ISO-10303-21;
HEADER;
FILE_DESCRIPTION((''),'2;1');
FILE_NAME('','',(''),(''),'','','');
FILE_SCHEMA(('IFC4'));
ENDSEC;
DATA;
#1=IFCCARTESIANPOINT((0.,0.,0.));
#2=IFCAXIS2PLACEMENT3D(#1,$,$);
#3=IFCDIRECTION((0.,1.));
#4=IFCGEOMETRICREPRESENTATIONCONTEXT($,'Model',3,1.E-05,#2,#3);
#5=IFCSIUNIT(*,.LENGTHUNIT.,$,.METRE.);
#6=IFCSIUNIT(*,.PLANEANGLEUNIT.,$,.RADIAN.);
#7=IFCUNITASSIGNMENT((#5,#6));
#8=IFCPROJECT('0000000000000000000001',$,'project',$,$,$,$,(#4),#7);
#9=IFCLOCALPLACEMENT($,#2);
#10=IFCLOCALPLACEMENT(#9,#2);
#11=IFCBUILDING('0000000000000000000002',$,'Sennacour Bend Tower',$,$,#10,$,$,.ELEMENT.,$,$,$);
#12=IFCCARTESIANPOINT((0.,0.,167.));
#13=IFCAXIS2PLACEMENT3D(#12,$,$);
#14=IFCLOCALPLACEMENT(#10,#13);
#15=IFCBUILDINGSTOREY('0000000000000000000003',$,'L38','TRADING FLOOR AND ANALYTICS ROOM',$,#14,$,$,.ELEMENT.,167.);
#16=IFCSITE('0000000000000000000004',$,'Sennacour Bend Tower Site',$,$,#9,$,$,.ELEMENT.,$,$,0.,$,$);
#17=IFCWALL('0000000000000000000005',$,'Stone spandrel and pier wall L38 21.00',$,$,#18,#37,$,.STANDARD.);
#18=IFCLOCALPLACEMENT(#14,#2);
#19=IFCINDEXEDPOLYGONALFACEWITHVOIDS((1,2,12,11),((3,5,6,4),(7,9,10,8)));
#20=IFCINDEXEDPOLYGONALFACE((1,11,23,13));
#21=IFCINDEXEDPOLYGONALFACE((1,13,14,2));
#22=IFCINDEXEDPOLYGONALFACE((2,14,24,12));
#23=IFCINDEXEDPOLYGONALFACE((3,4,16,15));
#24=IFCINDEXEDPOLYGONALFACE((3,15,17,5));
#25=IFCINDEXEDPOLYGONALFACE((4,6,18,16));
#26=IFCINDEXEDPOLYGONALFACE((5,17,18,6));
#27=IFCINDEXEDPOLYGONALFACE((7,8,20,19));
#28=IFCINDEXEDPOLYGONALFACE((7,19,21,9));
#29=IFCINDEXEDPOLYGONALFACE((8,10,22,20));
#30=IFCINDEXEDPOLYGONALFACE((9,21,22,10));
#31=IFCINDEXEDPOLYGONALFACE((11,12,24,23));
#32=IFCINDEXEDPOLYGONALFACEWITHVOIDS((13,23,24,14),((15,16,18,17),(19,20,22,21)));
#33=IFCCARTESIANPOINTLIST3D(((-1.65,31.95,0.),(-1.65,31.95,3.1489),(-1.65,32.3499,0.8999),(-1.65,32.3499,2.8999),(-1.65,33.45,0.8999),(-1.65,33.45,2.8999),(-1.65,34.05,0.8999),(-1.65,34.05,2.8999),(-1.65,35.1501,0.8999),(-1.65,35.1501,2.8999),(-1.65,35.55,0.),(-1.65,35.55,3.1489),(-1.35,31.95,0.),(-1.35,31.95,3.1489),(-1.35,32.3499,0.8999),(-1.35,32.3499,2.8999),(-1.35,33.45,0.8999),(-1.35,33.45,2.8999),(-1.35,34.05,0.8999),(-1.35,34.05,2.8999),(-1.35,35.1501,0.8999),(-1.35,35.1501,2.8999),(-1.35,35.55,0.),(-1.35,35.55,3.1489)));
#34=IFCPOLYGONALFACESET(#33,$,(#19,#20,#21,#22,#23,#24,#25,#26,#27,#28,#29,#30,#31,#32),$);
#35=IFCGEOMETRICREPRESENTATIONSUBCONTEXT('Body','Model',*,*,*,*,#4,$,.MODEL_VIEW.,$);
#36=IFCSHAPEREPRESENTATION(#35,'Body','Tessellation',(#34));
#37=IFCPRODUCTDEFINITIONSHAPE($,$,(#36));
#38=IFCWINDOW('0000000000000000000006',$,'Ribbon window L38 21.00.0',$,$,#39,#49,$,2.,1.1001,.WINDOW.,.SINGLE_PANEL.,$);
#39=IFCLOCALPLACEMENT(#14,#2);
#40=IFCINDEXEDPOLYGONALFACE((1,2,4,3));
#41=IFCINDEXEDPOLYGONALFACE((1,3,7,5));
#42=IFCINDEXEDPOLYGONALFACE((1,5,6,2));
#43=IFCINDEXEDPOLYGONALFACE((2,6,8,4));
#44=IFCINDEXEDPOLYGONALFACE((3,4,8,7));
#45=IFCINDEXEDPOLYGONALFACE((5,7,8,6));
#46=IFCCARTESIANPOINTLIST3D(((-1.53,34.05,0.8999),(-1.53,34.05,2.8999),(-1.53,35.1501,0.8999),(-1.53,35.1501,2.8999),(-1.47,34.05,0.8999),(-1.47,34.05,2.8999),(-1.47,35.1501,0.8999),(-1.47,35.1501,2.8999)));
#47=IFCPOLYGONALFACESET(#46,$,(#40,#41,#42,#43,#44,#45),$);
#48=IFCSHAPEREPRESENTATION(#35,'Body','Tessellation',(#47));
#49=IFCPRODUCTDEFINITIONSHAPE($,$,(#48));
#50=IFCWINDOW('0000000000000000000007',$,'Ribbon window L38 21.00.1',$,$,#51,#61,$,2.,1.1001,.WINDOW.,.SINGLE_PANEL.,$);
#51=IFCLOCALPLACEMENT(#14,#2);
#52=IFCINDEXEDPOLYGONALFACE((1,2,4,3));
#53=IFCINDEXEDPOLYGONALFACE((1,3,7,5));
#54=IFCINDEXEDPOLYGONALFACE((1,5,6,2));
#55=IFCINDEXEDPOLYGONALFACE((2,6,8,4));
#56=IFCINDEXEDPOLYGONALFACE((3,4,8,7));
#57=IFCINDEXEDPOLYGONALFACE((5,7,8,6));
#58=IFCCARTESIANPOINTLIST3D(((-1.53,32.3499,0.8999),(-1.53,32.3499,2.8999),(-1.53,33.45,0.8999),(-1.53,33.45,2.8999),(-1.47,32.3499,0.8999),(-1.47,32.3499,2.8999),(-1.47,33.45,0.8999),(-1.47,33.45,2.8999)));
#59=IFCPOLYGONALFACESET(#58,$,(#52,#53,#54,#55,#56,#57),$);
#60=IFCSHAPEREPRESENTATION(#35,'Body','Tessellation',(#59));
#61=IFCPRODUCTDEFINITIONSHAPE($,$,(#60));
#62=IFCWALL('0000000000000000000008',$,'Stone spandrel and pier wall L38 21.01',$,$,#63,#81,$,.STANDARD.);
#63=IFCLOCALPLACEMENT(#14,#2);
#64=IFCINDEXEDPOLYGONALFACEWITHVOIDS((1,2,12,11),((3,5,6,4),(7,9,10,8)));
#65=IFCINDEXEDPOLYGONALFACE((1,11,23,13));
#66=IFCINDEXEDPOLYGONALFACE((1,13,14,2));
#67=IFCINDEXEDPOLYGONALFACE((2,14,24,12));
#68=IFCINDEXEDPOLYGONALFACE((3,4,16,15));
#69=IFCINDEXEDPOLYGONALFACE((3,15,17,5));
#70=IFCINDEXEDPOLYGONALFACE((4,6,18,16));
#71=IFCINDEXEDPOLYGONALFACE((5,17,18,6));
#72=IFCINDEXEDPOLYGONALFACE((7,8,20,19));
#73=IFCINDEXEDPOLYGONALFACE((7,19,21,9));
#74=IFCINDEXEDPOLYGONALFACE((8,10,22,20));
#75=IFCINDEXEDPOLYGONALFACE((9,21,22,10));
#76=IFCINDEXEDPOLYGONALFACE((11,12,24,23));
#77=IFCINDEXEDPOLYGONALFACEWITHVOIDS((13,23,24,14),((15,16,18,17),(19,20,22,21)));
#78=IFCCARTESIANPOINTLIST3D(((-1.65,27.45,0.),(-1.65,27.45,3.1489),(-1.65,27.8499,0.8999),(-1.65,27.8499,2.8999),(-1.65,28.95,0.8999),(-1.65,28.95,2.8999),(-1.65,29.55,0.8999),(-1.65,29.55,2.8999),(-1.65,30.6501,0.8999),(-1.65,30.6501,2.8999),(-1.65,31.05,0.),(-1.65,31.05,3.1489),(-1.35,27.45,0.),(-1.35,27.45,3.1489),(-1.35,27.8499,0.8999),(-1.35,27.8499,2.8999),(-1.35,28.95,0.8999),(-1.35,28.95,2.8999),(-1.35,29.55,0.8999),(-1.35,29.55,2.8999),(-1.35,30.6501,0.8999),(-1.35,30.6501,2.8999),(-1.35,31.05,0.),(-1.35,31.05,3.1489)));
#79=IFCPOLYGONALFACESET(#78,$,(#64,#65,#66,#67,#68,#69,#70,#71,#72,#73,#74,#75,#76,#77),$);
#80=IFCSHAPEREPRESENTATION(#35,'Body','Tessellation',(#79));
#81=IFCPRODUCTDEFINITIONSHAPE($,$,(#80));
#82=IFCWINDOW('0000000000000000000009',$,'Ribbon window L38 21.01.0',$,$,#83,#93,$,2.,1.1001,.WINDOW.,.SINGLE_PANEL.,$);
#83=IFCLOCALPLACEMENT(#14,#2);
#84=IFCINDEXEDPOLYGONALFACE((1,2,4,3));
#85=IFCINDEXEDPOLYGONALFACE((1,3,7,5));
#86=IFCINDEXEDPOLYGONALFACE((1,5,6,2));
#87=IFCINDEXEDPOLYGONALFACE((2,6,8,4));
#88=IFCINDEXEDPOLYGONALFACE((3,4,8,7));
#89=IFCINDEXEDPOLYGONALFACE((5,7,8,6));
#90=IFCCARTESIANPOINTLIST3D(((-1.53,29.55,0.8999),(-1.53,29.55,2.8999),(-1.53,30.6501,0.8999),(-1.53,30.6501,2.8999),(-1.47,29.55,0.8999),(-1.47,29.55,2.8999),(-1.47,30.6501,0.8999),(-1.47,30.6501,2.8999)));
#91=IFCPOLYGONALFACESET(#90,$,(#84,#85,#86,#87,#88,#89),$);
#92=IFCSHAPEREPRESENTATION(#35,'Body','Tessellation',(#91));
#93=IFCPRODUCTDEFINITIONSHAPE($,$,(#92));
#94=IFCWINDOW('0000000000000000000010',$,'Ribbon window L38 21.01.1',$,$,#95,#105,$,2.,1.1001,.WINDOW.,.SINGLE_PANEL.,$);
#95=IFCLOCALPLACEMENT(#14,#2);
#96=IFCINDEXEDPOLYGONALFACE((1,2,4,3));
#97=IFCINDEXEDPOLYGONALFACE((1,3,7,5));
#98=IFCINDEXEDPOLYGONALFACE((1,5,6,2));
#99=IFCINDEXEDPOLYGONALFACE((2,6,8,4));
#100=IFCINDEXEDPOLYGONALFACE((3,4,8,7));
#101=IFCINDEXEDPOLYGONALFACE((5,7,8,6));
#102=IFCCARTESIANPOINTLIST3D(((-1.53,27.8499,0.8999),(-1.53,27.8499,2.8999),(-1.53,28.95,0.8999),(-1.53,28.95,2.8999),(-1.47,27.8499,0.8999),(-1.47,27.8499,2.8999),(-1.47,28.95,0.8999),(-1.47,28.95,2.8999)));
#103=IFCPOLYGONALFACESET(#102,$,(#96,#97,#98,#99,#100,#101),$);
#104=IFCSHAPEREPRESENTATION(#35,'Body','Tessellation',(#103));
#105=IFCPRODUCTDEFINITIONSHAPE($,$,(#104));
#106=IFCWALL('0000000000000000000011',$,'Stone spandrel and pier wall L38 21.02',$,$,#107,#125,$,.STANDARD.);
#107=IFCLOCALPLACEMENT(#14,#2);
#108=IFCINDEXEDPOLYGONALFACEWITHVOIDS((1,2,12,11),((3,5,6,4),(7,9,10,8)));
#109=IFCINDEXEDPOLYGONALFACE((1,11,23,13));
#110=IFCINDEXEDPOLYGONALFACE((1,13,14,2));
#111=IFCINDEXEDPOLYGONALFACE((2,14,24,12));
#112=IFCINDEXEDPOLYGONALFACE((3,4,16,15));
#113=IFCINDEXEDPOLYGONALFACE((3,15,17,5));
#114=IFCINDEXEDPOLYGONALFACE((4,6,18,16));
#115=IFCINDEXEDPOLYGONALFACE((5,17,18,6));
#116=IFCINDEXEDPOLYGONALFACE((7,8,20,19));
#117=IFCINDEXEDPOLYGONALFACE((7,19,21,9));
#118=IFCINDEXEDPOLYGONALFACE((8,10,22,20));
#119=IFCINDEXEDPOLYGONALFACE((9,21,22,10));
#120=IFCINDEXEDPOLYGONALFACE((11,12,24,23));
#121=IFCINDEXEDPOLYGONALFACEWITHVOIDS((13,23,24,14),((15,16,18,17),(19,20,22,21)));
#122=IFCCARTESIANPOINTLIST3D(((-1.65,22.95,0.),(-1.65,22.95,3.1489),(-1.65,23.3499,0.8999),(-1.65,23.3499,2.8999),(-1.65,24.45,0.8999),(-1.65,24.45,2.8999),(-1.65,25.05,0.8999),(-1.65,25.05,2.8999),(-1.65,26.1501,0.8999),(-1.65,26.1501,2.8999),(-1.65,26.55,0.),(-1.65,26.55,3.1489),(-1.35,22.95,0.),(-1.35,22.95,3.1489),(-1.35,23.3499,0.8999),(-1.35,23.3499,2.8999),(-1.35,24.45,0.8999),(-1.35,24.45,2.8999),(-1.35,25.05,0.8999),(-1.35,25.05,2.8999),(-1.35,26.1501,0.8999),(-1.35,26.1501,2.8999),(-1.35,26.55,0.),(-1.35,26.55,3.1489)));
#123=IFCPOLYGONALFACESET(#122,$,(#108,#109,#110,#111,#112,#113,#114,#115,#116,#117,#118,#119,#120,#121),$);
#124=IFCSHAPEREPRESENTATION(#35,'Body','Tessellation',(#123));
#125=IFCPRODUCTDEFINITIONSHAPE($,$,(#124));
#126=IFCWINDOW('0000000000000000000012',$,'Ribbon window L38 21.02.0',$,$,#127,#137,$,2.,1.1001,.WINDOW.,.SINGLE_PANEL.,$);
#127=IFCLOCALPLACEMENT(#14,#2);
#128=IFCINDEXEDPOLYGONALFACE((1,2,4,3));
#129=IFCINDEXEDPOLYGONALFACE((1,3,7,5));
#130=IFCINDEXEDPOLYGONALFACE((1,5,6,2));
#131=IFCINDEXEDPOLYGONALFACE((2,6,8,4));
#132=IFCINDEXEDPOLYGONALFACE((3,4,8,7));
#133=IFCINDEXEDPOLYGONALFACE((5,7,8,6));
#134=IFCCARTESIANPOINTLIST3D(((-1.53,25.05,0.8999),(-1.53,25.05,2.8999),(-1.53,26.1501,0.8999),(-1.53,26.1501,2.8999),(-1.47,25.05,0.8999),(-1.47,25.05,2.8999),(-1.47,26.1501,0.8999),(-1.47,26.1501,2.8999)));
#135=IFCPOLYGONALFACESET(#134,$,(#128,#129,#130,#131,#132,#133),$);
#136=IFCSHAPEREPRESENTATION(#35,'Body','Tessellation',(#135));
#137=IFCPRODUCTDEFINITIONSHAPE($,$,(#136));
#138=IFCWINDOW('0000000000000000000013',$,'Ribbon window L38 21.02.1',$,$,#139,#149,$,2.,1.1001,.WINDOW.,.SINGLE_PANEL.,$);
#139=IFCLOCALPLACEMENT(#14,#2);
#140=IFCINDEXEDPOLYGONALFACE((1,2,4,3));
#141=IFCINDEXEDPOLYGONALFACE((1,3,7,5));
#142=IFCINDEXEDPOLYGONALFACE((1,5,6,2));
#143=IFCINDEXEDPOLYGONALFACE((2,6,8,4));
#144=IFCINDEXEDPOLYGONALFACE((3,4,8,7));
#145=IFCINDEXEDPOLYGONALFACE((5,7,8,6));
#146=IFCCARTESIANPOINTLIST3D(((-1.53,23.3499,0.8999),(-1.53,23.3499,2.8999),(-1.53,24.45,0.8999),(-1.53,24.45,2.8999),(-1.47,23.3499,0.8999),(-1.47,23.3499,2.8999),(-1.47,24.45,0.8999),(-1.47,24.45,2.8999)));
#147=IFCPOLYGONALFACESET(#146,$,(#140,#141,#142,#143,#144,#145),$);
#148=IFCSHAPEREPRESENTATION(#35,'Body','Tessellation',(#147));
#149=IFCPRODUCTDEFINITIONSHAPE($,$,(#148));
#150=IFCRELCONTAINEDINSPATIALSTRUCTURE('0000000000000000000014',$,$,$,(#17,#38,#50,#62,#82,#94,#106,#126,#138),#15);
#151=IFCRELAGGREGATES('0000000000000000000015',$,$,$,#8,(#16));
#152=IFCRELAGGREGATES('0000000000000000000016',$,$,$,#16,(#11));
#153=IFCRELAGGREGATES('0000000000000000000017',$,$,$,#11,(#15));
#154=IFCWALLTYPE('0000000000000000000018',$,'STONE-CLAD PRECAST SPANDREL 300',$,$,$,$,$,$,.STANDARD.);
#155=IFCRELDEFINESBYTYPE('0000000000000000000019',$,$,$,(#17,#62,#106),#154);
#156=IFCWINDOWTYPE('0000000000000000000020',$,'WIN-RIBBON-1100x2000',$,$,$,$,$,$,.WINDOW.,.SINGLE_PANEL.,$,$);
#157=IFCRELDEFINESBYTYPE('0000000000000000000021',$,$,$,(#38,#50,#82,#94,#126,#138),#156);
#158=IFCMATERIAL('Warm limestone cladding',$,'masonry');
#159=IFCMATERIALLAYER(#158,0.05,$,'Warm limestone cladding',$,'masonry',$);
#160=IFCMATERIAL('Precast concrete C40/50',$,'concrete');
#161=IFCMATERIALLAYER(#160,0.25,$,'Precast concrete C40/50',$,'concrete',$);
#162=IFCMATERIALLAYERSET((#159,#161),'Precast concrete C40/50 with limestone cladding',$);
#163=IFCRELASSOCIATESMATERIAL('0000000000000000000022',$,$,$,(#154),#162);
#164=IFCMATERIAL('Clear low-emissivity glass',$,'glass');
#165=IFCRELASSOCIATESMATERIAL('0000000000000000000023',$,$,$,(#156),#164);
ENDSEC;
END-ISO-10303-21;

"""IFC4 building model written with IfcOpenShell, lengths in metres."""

from ifc_helpers import new_model, si_unit, direction, frame, frame_2d, origin, place, context, subcontext, project, spatial, rectangle, extrude, material, layer, layer_set, type_object, element, fill, save


model = new_model("IFC4")

# Units and contexts
model_context = context("Model", 3, precision=1e-05, world=origin(), true_north=direction((0.0, 1.0)))
body_context = subcontext(model_context, "Body", "Model", "MODEL_VIEW")
ifc_project = project(units=[si_unit("LENGTHUNIT", "METRE"), si_unit("PLANEANGLEUNIT", "RADIAN")], contexts=[model_context])

# Site, building, storey
site_placement = place(None, origin())
site = spatial("IfcSite", under=ifc_project, at=site_placement, Name="Sennacour Bend Tower Site", CompositionType="ELEMENT", RefElevation=0.0)
building_placement = place(site_placement, origin())
building = spatial("IfcBuilding", under=site, at=building_placement, Name="Sennacour Bend Tower", CompositionType="ELEMENT")
storey_placement = place(building_placement, frame((0.0, 0.0, 167.0)))
storey = spatial("IfcBuildingStorey", under=building, at=storey_placement, Name="L38", Description="TRADING FLOOR AND ANALYTICS ROOM", CompositionType="ELEMENT", Elevation=167.0)

# Shared definitions
ifc_material_1 = material(Name="Warm limestone cladding", Category="masonry")
ifc_layer_1 = layer(ifc_material_1, 0.05, Name="Warm limestone cladding", Category="masonry")
ifc_material_2 = material(Name="Precast concrete C40/50", Category="concrete")
ifc_layer_2 = layer(ifc_material_2, 0.25, Name="Precast concrete C40/50", Category="concrete")
ifc_layer_set_1 = layer_set([ifc_layer_1, ifc_layer_2], Name="Precast concrete C40/50 with limestone cladding")
wall_type_1 = type_object("IfcWallType", Name="STONE-CLAD PRECAST SPANDREL 300", PredefinedType="STANDARD", material=ifc_layer_set_1)

# Walls, openings, windows
wall_1_placement = place(storey_placement, frame((-1.5, 35.55, 0.0), z_axis=(0.0, 0.0, 1.0), x_axis=(0.0, -1.0, 0.0)))
wall_1 = element("IfcWall", 1, at=wall_1_placement, inside=storey, type_object=wall_type_1, Name="Stone spandrel and pier wall L38 21.00", PredefinedType="STANDARD", context=body_context, shape_type="SweptSolid", body=[
    extrude(rectangle(XDim=3.6001, YDim=0.3, at=frame_2d((1.8, 0.0))), origin(), (0.0, 0.0, 1.0), 3.1489),
])
opening_1_placement = place(wall_1_placement, frame((0.3999, 0.0, 0.8999)))
opening_1 = element("IfcOpeningElement", 2, at=opening_1_placement, cuts=wall_1, PredefinedType="OPENING", context=body_context, shape_type="SweptSolid", body=[
    extrude(rectangle(XDim=1.1001, YDim=2.0, at=frame_2d((0.55, 1.0))), frame((0.0, 0.1602, 0.0), z_axis=(0.0, -1.0, 0.0), x_axis=(1.0, 0.0, 0.0)), (0.0, 0.0, 1.0), 0.3201),
])
opening_2_placement = place(wall_1_placement, frame((2.1001, 0.0, 0.8999)))
opening_2 = element("IfcOpeningElement", 3, at=opening_2_placement, cuts=wall_1, PredefinedType="OPENING", context=body_context, shape_type="SweptSolid", body=[
    extrude(rectangle(XDim=1.1001, YDim=2.0, at=frame_2d((0.55, 1.0))), frame((0.0, 0.1602, 0.0), z_axis=(0.0, -1.0, 0.0), x_axis=(1.0, 0.0, 0.0)), (0.0, 0.0, 1.0), 0.3201),
])
ifc_material_3 = material(Name="Clear low-emissivity glass", Category="glass")
window_type = type_object("IfcWindowType", Name="WIN-RIBBON-1100x2000", PartitioningType="SINGLE_PANEL", PredefinedType="WINDOW", material=ifc_material_3)
window_1_placement = place(opening_1_placement, origin())
window_1 = element("IfcWindow", 4, at=window_1_placement, inside=storey, type_object=window_type, Name="Ribbon window L38 21.00.0", OverallHeight=2.0, OverallWidth=1.1001, PartitioningType="SINGLE_PANEL", PredefinedType="WINDOW", context=body_context, shape_type="SweptSolid", body=[
    extrude(rectangle(XDim=1.1001, YDim=2.0, at=frame_2d((0.55, 1.0))), frame((0.0, 0.03, 0.0), z_axis=(0.0, -1.0, 0.0), x_axis=(1.0, 0.0, 0.0)), (0.0, 0.0, 1.0), 0.0601),
])
fill(opening_1, window_1)
window_2_placement = place(opening_2_placement, origin())
window_2 = element("IfcWindow", 5, at=window_2_placement, inside=storey, type_object=window_type, Name="Ribbon window L38 21.00.1", OverallHeight=2.0, OverallWidth=1.1001, PartitioningType="SINGLE_PANEL", PredefinedType="WINDOW", context=body_context, shape_type="SweptSolid", body=[
    extrude(rectangle(XDim=1.1001, YDim=2.0, at=frame_2d((0.55, 1.0))), frame((0.0, 0.03, 0.0), z_axis=(0.0, -1.0, 0.0), x_axis=(1.0, 0.0, 0.0)), (0.0, 0.0, 1.0), 0.0601),
])
fill(opening_2, window_2)
wall_2_placement = place(storey_placement, frame((-1.5, 31.05, 0.0), z_axis=(0.0, 0.0, 1.0), x_axis=(0.0, -1.0, 0.0)))
wall_2 = element("IfcWall", 6, at=wall_2_placement, inside=storey, type_object=wall_type_1, Name="Stone spandrel and pier wall L38 21.01", PredefinedType="STANDARD", context=body_context, shape_type="SweptSolid", body=[
    extrude(rectangle(XDim=3.6001, YDim=0.3, at=frame_2d((1.8, 0.0))), origin(), (0.0, 0.0, 1.0), 3.1489),
])
opening_3_placement = place(wall_2_placement, frame((0.3999, 0.0, 0.8999)))
opening_3 = element("IfcOpeningElement", 7, at=opening_3_placement, cuts=wall_2, PredefinedType="OPENING", context=body_context, shape_type="SweptSolid", body=[
    extrude(rectangle(XDim=1.1001, YDim=2.0, at=frame_2d((0.55, 1.0))), frame((0.0, 0.1602, 0.0), z_axis=(0.0, -1.0, 0.0), x_axis=(1.0, 0.0, 0.0)), (0.0, 0.0, 1.0), 0.3201),
])
opening_4_placement = place(wall_2_placement, frame((2.1001, 0.0, 0.8999)))
opening_4 = element("IfcOpeningElement", 8, at=opening_4_placement, cuts=wall_2, PredefinedType="OPENING", context=body_context, shape_type="SweptSolid", body=[
    extrude(rectangle(XDim=1.1001, YDim=2.0, at=frame_2d((0.55, 1.0))), frame((0.0, 0.1602, 0.0), z_axis=(0.0, -1.0, 0.0), x_axis=(1.0, 0.0, 0.0)), (0.0, 0.0, 1.0), 0.3201),
])
window_3_placement = place(opening_3_placement, origin())
window_3 = element("IfcWindow", 9, at=window_3_placement, inside=storey, type_object=window_type, Name="Ribbon window L38 21.01.0", OverallHeight=2.0, OverallWidth=1.1001, PartitioningType="SINGLE_PANEL", PredefinedType="WINDOW", context=body_context, shape_type="SweptSolid", body=[
    extrude(rectangle(XDim=1.1001, YDim=2.0, at=frame_2d((0.55, 1.0))), frame((0.0, 0.03, 0.0), z_axis=(0.0, -1.0, 0.0), x_axis=(1.0, 0.0, 0.0)), (0.0, 0.0, 1.0), 0.0601),
])
fill(opening_3, window_3)
window_4_placement = place(opening_4_placement, origin())
window_4 = element("IfcWindow", 10, at=window_4_placement, inside=storey, type_object=window_type, Name="Ribbon window L38 21.01.1", OverallHeight=2.0, OverallWidth=1.1001, PartitioningType="SINGLE_PANEL", PredefinedType="WINDOW", context=body_context, shape_type="SweptSolid", body=[
    extrude(rectangle(XDim=1.1001, YDim=2.0, at=frame_2d((0.55, 1.0))), frame((0.0, 0.03, 0.0), z_axis=(0.0, -1.0, 0.0), x_axis=(1.0, 0.0, 0.0)), (0.0, 0.0, 1.0), 0.0601),
])
fill(opening_4, window_4)
wall_3_placement = place(storey_placement, frame((-1.5, 26.55, 0.0), z_axis=(0.0, 0.0, 1.0), x_axis=(0.0, -1.0, 0.0)))
wall_3 = element("IfcWall", 11, at=wall_3_placement, inside=storey, type_object=wall_type_1, Name="Stone spandrel and pier wall L38 21.02", PredefinedType="STANDARD", context=body_context, shape_type="SweptSolid", body=[
    extrude(rectangle(XDim=3.6001, YDim=0.3, at=frame_2d((1.8, 0.0))), origin(), (0.0, 0.0, 1.0), 3.1489),
])
opening_5_placement = place(wall_3_placement, frame((0.3999, 0.0, 0.8999)))
opening_5 = element("IfcOpeningElement", 12, at=opening_5_placement, cuts=wall_3, PredefinedType="OPENING", context=body_context, shape_type="SweptSolid", body=[
    extrude(rectangle(XDim=1.1001, YDim=2.0, at=frame_2d((0.55, 1.0))), frame((0.0, 0.1602, 0.0), z_axis=(0.0, -1.0, 0.0), x_axis=(1.0, 0.0, 0.0)), (0.0, 0.0, 1.0), 0.3201),
])
opening_6_placement = place(wall_3_placement, frame((2.1001, 0.0, 0.8999)))
opening_6 = element("IfcOpeningElement", 13, at=opening_6_placement, cuts=wall_3, PredefinedType="OPENING", context=body_context, shape_type="SweptSolid", body=[
    extrude(rectangle(XDim=1.1001, YDim=2.0, at=frame_2d((0.55, 1.0))), frame((0.0, 0.1602, 0.0), z_axis=(0.0, -1.0, 0.0), x_axis=(1.0, 0.0, 0.0)), (0.0, 0.0, 1.0), 0.3201),
])
window_5_placement = place(opening_5_placement, origin())
window_5 = element("IfcWindow", 14, at=window_5_placement, inside=storey, type_object=window_type, Name="Ribbon window L38 21.02.0", OverallHeight=2.0, OverallWidth=1.1001, PartitioningType="SINGLE_PANEL", PredefinedType="WINDOW", context=body_context, shape_type="SweptSolid", body=[
    extrude(rectangle(XDim=1.1001, YDim=2.0, at=frame_2d((0.55, 1.0))), frame((0.0, 0.03, 0.0), z_axis=(0.0, -1.0, 0.0), x_axis=(1.0, 0.0, 0.0)), (0.0, 0.0, 1.0), 0.0601),
])
fill(opening_5, window_5)
window_6_placement = place(opening_6_placement, origin())
window_6 = element("IfcWindow", 15, at=window_6_placement, inside=storey, type_object=window_type, Name="Ribbon window L38 21.02.1", OverallHeight=2.0, OverallWidth=1.1001, PartitioningType="SINGLE_PANEL", PredefinedType="WINDOW", context=body_context, shape_type="SweptSolid", body=[
    extrude(rectangle(XDim=1.1001, YDim=2.0, at=frame_2d((0.55, 1.0))), frame((0.0, 0.03, 0.0), z_axis=(0.0, -1.0, 0.0), x_axis=(1.0, 0.0, 0.0)), (0.0, 0.0, 1.0), 0.0601),
])
fill(opening_6, window_6)

save(model, "model.ifc")
